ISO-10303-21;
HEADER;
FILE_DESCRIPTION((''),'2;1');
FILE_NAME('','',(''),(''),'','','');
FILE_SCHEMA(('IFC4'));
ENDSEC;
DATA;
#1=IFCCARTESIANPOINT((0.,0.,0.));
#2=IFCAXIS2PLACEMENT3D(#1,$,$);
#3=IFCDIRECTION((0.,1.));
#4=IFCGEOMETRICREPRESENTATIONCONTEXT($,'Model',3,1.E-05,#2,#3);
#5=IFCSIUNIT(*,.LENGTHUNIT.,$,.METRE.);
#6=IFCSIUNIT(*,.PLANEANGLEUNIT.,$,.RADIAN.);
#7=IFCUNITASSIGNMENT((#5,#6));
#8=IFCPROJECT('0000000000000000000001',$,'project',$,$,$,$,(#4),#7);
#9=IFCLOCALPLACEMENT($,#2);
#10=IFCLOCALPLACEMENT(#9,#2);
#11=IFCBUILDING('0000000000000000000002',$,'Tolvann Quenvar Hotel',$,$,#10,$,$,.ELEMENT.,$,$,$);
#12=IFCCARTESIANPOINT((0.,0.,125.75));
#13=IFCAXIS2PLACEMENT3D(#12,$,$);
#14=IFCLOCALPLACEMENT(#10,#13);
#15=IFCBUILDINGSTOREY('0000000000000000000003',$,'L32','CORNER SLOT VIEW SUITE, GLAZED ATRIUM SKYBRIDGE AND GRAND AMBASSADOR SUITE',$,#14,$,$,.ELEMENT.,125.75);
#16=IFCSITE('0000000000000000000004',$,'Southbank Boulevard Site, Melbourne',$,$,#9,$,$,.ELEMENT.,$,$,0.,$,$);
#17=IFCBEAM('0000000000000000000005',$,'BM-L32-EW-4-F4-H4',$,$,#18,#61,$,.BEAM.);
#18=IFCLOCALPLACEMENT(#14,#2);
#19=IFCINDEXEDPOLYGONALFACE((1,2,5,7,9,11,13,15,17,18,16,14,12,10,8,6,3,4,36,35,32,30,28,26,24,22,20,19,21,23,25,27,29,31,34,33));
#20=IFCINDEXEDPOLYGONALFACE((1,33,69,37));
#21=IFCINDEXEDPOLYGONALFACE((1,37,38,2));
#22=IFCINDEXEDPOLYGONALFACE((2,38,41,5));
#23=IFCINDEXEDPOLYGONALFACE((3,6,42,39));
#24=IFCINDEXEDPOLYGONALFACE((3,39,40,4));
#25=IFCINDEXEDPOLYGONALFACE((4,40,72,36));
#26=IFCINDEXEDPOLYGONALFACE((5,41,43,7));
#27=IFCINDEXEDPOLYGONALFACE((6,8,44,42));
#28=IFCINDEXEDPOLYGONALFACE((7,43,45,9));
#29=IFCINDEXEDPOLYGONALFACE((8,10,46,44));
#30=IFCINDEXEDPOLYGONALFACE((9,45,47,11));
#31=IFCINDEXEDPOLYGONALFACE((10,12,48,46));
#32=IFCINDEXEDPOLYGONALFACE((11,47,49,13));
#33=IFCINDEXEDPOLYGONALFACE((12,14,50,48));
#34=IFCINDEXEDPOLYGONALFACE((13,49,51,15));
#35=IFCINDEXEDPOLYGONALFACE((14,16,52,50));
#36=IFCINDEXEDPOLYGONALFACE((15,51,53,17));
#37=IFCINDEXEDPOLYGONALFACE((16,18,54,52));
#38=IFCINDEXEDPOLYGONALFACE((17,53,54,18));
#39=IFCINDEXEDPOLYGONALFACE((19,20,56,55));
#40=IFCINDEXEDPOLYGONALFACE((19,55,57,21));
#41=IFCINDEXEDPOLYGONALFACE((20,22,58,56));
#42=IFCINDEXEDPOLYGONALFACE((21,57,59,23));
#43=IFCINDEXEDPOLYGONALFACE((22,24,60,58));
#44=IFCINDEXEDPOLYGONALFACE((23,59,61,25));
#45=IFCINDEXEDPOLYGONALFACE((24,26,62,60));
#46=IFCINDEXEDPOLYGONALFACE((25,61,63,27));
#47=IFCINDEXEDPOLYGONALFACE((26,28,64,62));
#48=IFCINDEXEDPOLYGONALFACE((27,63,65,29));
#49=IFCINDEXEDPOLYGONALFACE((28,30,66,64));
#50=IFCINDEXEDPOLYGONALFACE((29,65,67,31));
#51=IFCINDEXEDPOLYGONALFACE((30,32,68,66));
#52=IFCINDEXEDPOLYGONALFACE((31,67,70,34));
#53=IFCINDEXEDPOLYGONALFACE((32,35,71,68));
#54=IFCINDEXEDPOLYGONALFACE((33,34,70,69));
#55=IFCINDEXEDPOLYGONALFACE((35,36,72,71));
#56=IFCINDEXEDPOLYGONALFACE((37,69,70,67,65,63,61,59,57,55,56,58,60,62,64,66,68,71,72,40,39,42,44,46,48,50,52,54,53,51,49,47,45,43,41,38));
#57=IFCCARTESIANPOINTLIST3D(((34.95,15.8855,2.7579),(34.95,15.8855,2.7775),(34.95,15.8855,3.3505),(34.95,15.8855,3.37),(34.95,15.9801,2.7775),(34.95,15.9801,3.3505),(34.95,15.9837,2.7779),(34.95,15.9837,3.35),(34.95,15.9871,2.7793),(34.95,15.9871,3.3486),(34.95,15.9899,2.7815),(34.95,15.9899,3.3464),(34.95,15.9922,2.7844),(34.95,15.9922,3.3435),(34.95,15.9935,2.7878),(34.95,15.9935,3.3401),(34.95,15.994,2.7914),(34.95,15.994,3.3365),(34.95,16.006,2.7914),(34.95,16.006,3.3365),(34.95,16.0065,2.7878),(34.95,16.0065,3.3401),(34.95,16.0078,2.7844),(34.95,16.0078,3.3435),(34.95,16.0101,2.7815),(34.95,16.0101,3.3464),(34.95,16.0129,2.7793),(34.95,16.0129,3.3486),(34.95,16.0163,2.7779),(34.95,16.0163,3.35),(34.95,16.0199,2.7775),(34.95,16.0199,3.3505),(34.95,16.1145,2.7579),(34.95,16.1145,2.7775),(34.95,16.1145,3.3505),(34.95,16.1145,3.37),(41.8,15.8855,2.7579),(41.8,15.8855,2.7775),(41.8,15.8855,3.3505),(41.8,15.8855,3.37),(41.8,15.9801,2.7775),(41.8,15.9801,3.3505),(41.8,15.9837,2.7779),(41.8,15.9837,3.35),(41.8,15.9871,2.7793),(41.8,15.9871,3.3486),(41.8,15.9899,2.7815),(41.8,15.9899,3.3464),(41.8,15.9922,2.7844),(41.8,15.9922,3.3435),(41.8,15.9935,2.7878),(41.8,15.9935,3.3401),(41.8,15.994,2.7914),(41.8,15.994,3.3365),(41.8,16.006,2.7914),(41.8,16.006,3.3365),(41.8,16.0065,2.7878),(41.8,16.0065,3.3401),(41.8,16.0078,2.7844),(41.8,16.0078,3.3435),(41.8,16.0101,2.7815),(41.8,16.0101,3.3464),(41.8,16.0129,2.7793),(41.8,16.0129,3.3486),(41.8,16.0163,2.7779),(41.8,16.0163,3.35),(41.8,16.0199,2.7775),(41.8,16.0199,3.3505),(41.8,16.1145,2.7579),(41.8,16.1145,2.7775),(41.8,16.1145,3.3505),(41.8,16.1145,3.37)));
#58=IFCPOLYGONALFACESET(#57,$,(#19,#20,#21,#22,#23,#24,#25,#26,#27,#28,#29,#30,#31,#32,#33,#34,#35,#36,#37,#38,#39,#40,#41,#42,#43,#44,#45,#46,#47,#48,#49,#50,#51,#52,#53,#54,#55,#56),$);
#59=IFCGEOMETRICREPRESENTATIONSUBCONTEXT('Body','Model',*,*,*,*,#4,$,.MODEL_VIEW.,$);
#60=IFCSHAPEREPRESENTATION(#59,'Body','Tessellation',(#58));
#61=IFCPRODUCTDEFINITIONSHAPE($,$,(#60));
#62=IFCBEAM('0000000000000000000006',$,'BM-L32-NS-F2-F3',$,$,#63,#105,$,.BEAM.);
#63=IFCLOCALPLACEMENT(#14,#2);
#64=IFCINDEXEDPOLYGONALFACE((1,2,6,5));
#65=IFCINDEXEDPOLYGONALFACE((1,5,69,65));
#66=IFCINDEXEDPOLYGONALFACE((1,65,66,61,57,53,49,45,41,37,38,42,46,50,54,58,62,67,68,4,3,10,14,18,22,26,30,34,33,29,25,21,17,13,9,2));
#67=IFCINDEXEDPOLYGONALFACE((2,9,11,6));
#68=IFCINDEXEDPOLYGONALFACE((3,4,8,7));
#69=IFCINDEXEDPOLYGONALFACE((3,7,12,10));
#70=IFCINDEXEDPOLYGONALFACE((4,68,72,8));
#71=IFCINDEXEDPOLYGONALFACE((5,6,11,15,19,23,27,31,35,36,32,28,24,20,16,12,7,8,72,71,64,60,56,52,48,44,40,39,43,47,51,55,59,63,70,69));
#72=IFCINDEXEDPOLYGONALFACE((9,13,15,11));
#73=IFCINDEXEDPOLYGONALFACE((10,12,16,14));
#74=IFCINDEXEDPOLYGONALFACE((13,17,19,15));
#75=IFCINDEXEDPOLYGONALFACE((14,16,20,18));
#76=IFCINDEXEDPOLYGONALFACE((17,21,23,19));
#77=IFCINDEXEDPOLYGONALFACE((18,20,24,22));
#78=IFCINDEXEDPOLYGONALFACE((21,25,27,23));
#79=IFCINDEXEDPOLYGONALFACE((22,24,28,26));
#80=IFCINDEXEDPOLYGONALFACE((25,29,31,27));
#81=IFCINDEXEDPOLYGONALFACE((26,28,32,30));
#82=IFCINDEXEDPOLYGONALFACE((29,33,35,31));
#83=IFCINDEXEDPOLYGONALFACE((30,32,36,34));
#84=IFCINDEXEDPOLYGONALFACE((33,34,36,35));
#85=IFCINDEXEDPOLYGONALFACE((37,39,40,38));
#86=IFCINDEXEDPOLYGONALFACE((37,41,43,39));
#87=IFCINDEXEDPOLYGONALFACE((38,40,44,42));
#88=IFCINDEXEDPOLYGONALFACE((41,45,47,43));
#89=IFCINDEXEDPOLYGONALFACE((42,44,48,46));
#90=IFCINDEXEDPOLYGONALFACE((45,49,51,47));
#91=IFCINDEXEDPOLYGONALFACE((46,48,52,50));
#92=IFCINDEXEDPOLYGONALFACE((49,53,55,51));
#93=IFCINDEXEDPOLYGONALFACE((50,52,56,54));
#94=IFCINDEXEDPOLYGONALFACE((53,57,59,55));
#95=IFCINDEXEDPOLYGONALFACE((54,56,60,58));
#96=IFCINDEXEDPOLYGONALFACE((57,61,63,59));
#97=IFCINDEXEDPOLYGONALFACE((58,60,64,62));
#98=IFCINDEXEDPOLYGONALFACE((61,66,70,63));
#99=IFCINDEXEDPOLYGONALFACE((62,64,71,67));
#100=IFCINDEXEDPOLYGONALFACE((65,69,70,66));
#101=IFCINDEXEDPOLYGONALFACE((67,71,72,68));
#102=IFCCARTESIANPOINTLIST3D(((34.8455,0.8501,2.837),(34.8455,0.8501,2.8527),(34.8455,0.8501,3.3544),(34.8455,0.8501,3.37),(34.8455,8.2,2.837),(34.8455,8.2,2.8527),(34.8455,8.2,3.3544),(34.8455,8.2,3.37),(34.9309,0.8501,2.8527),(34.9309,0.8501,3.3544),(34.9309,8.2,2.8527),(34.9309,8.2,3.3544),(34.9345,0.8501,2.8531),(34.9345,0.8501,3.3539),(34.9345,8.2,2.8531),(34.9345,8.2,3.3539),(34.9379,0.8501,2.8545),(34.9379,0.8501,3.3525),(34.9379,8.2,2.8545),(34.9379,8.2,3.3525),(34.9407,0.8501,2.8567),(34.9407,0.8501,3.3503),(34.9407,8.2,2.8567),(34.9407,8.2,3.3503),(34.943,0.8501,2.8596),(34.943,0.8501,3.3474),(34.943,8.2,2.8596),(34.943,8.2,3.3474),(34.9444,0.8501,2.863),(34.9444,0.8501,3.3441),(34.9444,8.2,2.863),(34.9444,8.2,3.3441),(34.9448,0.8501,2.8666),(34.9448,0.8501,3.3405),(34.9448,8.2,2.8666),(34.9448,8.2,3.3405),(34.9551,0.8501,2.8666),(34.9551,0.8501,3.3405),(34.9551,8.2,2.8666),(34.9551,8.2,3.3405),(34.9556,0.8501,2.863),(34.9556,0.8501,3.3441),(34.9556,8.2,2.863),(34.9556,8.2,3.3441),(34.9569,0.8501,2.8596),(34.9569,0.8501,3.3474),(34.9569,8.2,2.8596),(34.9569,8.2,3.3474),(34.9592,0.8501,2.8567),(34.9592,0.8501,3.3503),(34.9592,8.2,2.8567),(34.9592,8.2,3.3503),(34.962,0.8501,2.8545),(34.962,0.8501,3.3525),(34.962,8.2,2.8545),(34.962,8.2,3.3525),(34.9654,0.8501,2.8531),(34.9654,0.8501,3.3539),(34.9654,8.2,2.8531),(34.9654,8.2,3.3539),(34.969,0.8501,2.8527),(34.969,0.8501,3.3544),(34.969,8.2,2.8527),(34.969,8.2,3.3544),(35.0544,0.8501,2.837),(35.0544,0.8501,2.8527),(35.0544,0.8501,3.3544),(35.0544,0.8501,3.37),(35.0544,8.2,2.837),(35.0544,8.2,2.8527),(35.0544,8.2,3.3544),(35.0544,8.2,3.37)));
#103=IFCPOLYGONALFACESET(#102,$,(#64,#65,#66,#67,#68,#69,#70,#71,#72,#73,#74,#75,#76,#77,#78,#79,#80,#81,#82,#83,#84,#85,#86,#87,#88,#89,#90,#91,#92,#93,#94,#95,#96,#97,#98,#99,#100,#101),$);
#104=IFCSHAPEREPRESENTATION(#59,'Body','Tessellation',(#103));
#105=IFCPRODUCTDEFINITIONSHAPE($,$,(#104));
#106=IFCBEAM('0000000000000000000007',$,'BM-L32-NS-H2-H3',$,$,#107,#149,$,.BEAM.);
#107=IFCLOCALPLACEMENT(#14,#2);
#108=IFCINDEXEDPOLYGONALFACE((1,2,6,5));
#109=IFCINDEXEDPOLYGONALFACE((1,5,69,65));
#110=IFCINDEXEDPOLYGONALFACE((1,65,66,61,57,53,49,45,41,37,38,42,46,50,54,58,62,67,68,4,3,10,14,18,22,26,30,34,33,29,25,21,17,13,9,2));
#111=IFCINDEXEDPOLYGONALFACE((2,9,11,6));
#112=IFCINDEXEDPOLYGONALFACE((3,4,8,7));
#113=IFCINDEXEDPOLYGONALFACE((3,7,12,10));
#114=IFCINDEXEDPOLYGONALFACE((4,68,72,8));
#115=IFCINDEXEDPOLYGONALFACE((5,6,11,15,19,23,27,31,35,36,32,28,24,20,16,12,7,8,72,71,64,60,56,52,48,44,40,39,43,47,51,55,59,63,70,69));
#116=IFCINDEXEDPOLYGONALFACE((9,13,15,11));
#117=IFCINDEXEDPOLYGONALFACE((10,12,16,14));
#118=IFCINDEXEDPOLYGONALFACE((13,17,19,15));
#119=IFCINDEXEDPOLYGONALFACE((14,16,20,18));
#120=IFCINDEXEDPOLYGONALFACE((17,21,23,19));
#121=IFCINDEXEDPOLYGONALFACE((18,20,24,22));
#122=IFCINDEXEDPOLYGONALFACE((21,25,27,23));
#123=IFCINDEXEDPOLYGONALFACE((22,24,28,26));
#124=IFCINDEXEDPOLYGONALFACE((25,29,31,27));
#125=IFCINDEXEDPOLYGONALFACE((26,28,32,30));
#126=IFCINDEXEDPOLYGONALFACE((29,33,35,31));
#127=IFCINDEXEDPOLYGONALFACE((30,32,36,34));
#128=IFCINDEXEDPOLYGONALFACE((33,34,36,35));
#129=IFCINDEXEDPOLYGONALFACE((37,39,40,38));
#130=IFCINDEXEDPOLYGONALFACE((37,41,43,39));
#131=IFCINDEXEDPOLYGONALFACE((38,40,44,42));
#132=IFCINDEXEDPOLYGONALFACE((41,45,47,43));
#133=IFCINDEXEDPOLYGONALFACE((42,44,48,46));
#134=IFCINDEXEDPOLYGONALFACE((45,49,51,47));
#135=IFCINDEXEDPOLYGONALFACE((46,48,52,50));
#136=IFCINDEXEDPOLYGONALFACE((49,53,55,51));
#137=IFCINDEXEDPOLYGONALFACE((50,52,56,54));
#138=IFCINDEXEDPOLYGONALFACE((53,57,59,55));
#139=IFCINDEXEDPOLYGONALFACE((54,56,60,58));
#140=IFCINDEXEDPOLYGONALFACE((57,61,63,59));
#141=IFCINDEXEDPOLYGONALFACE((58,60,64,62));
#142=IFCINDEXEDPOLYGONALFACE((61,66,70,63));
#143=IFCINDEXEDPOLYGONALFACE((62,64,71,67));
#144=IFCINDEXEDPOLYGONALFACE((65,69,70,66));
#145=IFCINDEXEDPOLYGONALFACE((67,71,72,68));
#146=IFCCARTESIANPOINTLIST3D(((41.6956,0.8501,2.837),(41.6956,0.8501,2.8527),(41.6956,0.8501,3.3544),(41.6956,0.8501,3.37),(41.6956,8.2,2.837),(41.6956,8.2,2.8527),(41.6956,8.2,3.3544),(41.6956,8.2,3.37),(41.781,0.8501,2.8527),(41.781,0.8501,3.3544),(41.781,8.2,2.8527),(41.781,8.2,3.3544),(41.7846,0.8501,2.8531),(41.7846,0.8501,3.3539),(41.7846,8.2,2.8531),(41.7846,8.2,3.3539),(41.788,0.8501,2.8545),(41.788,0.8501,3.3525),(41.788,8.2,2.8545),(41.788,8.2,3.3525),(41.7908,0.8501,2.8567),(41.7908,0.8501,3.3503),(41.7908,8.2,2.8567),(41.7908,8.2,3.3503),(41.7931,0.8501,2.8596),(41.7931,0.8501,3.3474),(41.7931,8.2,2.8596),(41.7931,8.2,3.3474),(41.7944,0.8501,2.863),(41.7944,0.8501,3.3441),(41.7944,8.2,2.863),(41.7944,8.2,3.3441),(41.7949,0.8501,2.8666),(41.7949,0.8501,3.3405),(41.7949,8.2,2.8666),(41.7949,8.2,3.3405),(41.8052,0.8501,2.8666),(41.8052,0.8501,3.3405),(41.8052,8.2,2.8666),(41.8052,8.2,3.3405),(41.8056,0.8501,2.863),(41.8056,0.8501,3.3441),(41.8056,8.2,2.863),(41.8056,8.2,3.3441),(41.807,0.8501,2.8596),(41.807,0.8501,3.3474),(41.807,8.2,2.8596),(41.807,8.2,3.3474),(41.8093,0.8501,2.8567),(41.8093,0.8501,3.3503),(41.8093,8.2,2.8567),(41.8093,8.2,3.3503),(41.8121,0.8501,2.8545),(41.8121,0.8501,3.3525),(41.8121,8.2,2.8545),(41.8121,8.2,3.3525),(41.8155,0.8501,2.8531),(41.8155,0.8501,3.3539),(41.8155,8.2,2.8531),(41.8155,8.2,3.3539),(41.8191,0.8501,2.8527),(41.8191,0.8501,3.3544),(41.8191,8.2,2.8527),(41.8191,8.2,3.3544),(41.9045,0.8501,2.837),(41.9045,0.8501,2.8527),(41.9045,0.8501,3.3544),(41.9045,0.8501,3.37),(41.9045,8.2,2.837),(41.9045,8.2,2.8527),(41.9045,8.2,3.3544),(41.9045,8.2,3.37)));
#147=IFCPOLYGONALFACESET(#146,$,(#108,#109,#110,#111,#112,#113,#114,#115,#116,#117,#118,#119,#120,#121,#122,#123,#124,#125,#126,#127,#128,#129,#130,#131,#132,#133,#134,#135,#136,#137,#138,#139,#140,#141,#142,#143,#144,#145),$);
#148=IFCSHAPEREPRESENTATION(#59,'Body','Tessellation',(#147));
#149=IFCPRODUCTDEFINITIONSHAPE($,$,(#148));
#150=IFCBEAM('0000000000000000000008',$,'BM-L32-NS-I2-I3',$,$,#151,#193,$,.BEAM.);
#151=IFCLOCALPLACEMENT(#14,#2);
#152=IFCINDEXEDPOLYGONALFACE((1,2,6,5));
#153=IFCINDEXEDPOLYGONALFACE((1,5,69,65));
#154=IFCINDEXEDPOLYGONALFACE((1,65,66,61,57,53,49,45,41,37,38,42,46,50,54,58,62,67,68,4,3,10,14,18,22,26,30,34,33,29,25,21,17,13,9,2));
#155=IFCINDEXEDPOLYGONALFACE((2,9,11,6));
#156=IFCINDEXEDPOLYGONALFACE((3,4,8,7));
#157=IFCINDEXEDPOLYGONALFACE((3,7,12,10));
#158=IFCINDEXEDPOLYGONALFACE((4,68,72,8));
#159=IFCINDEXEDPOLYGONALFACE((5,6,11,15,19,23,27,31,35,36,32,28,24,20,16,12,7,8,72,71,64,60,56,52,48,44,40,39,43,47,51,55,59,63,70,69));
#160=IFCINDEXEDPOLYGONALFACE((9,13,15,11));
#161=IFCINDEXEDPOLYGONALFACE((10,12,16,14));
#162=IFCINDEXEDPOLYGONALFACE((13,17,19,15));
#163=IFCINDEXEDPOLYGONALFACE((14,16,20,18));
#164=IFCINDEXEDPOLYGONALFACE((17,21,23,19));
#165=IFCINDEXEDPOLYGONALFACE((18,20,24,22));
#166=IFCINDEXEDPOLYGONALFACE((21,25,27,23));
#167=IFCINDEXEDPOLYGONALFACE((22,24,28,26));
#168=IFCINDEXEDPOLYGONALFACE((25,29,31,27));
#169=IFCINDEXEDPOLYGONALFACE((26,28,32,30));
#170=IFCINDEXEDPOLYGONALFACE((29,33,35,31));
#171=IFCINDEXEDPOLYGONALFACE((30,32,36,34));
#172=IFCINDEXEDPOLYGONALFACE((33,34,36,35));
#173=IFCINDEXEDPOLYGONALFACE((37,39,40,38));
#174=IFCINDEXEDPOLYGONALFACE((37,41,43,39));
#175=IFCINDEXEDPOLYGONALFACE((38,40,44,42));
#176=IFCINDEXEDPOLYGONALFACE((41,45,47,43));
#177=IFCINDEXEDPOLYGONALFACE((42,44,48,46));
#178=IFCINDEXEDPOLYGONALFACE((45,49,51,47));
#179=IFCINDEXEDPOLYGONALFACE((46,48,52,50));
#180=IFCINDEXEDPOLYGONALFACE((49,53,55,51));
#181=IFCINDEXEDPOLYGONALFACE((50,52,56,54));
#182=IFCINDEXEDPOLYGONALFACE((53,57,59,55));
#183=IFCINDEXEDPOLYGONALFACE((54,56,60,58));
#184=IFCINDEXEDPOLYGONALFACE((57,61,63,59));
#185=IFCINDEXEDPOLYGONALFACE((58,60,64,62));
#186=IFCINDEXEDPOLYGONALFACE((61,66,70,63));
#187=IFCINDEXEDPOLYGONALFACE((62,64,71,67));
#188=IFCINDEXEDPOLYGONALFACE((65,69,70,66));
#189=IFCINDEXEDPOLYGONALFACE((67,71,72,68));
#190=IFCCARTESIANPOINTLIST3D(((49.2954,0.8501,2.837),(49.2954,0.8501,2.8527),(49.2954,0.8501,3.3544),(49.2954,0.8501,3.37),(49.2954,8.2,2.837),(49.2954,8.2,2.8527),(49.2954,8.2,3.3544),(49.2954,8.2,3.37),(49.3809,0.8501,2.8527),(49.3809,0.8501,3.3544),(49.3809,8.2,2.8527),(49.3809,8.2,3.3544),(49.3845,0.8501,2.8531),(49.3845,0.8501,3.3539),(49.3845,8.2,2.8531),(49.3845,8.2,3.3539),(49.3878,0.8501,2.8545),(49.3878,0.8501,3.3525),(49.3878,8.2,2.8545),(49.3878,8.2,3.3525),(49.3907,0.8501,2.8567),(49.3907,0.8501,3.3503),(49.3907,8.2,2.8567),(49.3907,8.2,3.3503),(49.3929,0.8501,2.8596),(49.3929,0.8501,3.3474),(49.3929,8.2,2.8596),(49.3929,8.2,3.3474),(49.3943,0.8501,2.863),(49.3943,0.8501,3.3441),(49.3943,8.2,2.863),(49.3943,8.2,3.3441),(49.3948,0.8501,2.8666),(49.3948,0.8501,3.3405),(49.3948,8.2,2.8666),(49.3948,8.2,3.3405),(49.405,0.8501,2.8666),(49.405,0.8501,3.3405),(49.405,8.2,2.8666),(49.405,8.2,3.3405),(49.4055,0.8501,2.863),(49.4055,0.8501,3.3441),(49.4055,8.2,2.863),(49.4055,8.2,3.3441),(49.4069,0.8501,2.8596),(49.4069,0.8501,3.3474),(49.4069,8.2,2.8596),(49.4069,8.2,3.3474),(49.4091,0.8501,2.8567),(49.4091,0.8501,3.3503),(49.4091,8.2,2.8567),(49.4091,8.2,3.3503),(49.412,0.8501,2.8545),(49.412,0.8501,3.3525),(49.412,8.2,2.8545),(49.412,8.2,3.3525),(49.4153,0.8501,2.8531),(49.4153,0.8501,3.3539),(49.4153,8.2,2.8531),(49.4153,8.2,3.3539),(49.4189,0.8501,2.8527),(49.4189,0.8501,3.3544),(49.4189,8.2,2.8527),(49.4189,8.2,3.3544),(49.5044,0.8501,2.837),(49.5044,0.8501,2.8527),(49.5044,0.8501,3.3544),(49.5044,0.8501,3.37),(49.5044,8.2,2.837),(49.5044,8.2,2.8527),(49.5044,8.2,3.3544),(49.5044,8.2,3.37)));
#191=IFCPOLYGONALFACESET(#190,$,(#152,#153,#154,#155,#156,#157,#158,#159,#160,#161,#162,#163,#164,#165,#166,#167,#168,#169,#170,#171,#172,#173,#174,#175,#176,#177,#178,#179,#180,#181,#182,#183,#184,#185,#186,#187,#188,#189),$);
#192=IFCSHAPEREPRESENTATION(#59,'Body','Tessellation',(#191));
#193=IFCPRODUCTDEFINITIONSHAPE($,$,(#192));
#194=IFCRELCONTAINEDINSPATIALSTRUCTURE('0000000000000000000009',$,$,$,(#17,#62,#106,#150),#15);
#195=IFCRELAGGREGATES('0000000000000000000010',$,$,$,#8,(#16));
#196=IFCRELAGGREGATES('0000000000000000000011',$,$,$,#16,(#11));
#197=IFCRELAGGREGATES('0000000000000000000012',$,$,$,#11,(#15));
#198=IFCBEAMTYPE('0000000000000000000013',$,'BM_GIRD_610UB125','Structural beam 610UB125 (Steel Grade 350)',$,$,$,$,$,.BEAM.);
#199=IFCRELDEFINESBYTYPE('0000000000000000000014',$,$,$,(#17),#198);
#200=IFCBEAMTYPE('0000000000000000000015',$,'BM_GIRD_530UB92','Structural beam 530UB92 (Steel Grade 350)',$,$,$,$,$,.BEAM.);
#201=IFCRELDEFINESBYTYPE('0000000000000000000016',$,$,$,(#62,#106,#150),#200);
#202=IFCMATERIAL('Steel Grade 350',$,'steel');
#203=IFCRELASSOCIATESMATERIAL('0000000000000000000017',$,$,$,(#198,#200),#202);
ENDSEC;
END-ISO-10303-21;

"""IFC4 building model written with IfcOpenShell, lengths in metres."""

from ifc_helpers import new_model, si_unit, direction, frame, origin, origin_2d, place, context, subcontext, project, spatial, i_section, extrude, source, transform, mapped, material, material_profile, profile_set, type_object, element, save


model = new_model("IFC4")

# Units and contexts
model_context = context("Model", 3, precision=1e-05, world=origin(), true_north=direction((0.0, 1.0)))
body_context = subcontext(model_context, "Body", "Model", "MODEL_VIEW")
ifc_project = project(units=[si_unit("LENGTHUNIT", "METRE"), si_unit("PLANEANGLEUNIT", "RADIAN")], contexts=[model_context])

# Site, building, storey
site_placement = place(None, origin())
site = spatial("IfcSite", under=ifc_project, at=site_placement, Name="Southbank Boulevard Site, Melbourne", CompositionType="ELEMENT", RefElevation=0.0)
building_placement = place(site_placement, origin())
building = spatial("IfcBuilding", under=site, at=building_placement, Name="Tolvann Quenvar Hotel", CompositionType="ELEMENT")
storey_placement = place(building_placement, frame((0.0, 0.0, 125.75)))
storey = spatial("IfcBuildingStorey", under=building, at=storey_placement, Name="L32", Description="CORNER SLOT VIEW SUITE, GLAZED ATRIUM SKYBRIDGE AND GRAND AMBASSADOR SUITE", CompositionType="ELEMENT", Elevation=125.75)

# Shared definitions
ifc_material_1 = material(Name="Steel Grade 350", Category="steel")

# Beams
ifc_material_profile_1 = material_profile(ifc_material_1, i_section(OverallWidth=0.229, OverallDepth=0.6121, WebThickness=0.012, FlangeThickness=0.0195, FilletRadius=0.0139, at=origin_2d()), Name="610UB125")
ifc_profile_set_1 = profile_set([ifc_material_profile_1], Name="Steel Grade 350")
beam_type_1 = type_object("IfcBeamType", Name="BM_GIRD_610UB125", Description="Structural beam 610UB125 (Steel Grade 350)", PredefinedType="BEAM", material=ifc_profile_set_1)
shared_shape_1 = source(origin(), body_context, "Body", "SweptSolid", [
    extrude(i_section(OverallWidth=0.229, OverallDepth=0.6121, WebThickness=0.012, FlangeThickness=0.0195, FilletRadius=0.0139, at=origin_2d()), origin(), (0.0, 0.0, 1.0), 6.8501),
])
for number, where, z_axis, x_axis, name in (
    (1, (34.95, 16.0, 3.064), (1.0, 0.0, 0.0), (0.0, 1.0, 0.0), "BM-L32-EW-4-F4-H4"),
):
    element("IfcBeam", number, at=place(storey_placement, frame(where, z_axis=z_axis, x_axis=x_axis)), inside=storey, type_object=beam_type_1, Name=name, PredefinedType="BEAM", context=body_context, shape_type="MappedRepresentation", body=[
        mapped(shared_shape_1, transform((0.0, 0.0, 0.0), x_axis=(1.0, 0.0, 0.0), y_axis=(0.0, 1.0, 0.0), z_axis=(0.0, 0.0, 1.0), scale=1.0)),
    ])
ifc_material_profile_2 = material_profile(ifc_material_1, i_section(OverallWidth=0.209, OverallDepth=0.533, WebThickness=0.0103, FlangeThickness=0.0156, FilletRadius=0.0139, at=origin_2d()), Name="530UB92")
ifc_profile_set_2 = profile_set([ifc_material_profile_2], Name="Steel Grade 350")
beam_type_2 = type_object("IfcBeamType", Name="BM_GIRD_530UB92", Description="Structural beam 530UB92 (Steel Grade 350)", PredefinedType="BEAM", material=ifc_profile_set_2)
shared_shape_2 = source(origin(), body_context, "Body", "SweptSolid", [
    extrude(i_section(OverallWidth=0.209, OverallDepth=0.533, WebThickness=0.0103, FlangeThickness=0.0156, FilletRadius=0.0139, at=origin_2d()), origin(), (0.0, 0.0, 1.0), 7.3499),
])
for number, where, z_axis, x_axis, name in (
    (2, (34.95, 0.8501, 3.1035), (0.0, 1.0, 0.0), (-1.0, 0.0, 0.0), "BM-L32-NS-F2-F3"),
    (3, (41.8, 0.8501, 3.1035), (0.0, 1.0, 0.0), (-1.0, 0.0, 0.0), "BM-L32-NS-H2-H3"),
    (4, (49.3999, 0.8501, 3.1035), (0.0, 1.0, 0.0), (-1.0, 0.0, 0.0), "BM-L32-NS-I2-I3"),
):
    element("IfcBeam", number, at=place(storey_placement, frame(where, z_axis=z_axis, x_axis=x_axis)), inside=storey, type_object=beam_type_2, Name=name, PredefinedType="BEAM", context=body_context, shape_type="MappedRepresentation", body=[
        mapped(shared_shape_2, transform((0.0, 0.0, 0.0), x_axis=(1.0, 0.0, 0.0), y_axis=(0.0, 1.0, 0.0), z_axis=(0.0, 0.0, 1.0), scale=1.0)),
    ])

save(model, "model.ifc")
